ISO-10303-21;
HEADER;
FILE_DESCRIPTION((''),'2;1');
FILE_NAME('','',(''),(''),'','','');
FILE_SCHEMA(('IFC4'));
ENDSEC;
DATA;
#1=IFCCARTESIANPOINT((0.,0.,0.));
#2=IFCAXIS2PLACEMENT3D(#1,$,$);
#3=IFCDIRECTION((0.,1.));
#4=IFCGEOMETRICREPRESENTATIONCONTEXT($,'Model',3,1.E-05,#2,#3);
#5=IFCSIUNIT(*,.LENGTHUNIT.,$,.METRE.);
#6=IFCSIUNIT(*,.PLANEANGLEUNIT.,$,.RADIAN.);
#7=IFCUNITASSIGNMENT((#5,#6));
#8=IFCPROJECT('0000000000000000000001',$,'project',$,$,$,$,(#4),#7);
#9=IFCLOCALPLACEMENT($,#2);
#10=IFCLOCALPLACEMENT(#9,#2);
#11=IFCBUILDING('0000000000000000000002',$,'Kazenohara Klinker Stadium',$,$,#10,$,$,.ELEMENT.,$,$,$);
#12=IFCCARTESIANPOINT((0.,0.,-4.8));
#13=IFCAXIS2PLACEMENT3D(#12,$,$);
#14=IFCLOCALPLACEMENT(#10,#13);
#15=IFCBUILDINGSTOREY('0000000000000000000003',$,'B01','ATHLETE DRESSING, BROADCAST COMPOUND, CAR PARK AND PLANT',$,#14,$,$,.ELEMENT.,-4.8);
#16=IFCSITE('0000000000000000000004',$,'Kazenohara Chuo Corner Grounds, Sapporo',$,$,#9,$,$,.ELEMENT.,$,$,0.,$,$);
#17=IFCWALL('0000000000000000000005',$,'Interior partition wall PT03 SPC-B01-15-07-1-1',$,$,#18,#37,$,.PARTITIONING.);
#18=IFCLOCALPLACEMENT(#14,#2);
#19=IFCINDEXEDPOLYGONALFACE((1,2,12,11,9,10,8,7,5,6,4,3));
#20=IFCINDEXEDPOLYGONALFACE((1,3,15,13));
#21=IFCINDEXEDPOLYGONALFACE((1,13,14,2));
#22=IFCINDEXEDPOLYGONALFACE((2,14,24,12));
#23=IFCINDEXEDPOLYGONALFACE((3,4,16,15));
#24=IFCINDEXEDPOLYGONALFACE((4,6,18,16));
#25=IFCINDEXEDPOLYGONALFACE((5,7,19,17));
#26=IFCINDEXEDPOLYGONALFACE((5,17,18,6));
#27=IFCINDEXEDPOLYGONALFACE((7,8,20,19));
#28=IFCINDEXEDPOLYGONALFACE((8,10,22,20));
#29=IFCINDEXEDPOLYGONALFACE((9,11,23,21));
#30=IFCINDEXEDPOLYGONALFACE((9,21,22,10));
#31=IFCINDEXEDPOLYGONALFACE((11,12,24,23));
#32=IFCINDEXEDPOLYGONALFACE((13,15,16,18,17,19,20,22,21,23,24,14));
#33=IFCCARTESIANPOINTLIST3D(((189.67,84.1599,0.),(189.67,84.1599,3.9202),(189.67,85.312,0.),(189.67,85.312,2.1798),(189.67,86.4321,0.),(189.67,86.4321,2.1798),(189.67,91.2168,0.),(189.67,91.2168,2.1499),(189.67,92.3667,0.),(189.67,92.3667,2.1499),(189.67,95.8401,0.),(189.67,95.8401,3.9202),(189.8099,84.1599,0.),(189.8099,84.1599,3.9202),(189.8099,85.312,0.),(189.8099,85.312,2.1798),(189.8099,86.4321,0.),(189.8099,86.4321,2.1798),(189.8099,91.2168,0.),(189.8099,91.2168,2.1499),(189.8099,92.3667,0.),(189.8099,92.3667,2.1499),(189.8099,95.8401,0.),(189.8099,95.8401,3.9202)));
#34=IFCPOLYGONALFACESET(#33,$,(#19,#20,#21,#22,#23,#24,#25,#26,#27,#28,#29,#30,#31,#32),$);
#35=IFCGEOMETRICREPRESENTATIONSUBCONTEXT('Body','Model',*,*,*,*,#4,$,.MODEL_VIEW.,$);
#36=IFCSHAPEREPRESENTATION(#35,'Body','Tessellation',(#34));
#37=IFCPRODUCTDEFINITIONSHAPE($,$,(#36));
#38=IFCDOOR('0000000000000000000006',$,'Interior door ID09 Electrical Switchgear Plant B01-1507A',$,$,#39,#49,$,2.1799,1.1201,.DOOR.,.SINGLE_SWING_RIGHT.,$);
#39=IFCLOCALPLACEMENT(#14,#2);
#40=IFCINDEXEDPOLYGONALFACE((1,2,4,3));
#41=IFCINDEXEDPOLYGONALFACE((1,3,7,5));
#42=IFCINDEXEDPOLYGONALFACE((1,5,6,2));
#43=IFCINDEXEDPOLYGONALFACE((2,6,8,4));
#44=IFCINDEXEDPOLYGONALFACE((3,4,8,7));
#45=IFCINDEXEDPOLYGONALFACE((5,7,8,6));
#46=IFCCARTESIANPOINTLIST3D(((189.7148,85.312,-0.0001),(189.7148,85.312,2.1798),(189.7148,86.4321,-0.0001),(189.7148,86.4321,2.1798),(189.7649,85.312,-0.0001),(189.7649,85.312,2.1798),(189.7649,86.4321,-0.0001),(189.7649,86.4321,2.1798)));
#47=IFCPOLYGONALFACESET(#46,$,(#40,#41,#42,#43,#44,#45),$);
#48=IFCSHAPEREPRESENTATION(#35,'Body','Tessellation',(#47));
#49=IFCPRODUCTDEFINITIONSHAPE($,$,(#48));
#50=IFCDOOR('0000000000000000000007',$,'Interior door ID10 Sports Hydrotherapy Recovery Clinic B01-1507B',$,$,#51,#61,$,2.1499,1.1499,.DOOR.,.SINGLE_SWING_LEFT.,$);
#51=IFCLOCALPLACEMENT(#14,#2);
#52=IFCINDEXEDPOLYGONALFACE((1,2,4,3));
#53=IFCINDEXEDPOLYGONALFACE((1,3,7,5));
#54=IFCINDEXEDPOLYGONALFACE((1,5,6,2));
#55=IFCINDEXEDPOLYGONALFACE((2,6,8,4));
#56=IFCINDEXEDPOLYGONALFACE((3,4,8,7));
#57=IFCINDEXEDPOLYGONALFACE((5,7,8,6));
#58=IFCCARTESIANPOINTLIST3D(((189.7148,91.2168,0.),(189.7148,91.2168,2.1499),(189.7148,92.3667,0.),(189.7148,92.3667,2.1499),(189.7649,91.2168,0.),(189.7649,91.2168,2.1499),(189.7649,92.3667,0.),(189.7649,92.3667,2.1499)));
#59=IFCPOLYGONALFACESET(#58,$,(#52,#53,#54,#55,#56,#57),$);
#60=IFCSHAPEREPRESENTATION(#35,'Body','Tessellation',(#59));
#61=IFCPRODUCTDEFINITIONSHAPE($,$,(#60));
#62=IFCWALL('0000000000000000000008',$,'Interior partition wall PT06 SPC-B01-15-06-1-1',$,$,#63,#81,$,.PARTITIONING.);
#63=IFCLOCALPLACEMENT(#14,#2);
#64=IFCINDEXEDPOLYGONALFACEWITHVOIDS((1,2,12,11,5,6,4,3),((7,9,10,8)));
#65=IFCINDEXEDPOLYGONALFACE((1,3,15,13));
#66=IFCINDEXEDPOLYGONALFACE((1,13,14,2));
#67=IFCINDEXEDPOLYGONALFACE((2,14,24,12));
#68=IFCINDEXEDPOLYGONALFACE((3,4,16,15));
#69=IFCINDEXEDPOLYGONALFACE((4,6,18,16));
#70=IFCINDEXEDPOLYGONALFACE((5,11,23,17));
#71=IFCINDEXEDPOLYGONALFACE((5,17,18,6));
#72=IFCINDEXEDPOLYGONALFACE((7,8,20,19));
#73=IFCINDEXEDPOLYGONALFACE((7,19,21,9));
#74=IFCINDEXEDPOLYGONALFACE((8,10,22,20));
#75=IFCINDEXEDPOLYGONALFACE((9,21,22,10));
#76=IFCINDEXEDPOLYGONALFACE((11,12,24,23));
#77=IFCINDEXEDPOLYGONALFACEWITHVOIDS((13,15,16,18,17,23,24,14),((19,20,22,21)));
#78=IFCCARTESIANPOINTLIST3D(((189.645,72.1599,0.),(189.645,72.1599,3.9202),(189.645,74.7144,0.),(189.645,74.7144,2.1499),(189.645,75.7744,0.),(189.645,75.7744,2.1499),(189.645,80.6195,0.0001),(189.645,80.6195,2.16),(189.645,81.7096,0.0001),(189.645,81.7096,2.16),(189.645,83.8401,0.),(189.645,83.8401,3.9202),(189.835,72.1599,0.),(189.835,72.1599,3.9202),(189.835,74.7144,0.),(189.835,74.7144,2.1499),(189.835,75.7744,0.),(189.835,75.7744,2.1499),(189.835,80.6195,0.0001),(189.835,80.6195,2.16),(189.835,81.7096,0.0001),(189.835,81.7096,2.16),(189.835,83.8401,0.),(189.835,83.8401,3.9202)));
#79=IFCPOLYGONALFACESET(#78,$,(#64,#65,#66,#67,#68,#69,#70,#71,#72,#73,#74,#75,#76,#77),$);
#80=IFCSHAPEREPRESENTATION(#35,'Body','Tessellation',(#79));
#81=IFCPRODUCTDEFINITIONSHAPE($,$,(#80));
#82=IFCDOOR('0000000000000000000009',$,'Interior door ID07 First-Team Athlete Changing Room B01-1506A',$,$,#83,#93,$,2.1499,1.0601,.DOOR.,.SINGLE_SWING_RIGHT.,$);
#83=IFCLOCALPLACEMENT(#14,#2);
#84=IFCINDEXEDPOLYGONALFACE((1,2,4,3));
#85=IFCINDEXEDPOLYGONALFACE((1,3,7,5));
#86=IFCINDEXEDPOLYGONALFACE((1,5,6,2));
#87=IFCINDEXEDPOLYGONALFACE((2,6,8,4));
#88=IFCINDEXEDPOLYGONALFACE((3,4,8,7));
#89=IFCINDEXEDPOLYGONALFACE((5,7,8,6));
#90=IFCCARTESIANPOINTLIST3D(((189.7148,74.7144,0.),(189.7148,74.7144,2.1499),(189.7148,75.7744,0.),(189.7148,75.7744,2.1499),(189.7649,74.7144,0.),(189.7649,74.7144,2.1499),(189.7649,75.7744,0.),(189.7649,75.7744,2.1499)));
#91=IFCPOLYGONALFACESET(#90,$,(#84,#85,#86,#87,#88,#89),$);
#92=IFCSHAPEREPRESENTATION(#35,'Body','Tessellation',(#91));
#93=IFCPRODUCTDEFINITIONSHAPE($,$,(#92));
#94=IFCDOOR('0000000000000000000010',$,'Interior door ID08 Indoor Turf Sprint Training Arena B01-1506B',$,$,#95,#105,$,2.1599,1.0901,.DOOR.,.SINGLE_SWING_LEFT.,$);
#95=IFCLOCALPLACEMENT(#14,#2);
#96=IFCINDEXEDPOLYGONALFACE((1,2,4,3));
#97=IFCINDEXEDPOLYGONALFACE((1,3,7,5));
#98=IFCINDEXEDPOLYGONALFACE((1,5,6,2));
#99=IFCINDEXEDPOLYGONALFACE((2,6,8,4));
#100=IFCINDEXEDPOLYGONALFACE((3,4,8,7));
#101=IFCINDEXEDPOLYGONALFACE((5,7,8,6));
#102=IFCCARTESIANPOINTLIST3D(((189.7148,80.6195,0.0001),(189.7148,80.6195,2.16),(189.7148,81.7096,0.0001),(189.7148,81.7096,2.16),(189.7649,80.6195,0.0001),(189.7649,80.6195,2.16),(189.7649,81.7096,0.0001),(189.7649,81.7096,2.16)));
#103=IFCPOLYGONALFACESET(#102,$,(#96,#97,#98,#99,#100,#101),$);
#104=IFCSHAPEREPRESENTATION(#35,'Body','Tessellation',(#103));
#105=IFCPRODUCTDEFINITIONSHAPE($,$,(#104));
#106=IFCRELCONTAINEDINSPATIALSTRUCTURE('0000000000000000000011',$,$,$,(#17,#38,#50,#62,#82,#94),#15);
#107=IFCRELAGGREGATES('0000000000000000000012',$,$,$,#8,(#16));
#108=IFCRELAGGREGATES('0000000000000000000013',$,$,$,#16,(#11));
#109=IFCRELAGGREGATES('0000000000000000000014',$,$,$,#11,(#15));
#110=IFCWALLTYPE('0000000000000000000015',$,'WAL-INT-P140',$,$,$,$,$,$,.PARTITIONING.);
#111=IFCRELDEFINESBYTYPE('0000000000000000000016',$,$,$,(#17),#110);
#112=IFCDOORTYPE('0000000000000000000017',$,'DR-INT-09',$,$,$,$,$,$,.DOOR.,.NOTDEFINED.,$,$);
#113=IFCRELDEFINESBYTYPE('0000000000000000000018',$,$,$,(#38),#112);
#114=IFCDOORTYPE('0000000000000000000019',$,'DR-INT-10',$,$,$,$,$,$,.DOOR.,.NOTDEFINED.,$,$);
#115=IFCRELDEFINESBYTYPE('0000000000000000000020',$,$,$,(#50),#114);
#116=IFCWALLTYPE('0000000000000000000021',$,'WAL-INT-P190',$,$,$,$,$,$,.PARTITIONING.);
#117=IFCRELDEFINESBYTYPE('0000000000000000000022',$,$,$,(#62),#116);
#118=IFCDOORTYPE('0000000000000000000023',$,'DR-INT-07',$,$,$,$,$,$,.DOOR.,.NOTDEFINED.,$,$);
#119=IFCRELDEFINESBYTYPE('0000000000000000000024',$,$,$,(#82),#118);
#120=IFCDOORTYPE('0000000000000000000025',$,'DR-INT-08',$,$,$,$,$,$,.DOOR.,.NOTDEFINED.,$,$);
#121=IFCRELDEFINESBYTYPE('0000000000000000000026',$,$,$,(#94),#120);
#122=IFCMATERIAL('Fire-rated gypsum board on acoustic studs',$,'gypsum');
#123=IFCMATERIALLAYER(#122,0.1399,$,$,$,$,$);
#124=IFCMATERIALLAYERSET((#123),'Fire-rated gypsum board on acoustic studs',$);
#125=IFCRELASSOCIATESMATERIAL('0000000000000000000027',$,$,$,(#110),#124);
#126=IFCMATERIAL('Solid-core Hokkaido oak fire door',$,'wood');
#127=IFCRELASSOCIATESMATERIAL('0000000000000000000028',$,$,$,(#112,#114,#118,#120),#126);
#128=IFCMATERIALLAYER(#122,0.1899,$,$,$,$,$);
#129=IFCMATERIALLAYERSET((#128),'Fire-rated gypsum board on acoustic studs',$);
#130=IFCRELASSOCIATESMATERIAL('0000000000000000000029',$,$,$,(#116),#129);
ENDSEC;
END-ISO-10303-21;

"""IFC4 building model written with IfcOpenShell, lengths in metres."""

from ifc_helpers import new_model, si_unit, direction, frame, frame_2d, origin, place, context, subcontext, project, spatial, rectangle, extrude, material, layer, layer_set, type_object, element, fill, save


model = new_model("IFC4")

# Units and contexts
model_context = context("Model", 3, precision=1e-05, world=origin(), true_north=direction((0.0, 1.0)))
body_context = subcontext(model_context, "Body", "Model", "MODEL_VIEW")
ifc_project = project(units=[si_unit("LENGTHUNIT", "METRE"), si_unit("PLANEANGLEUNIT", "RADIAN")], contexts=[model_context])

# Site, building, storey
site_placement = place(None, origin())
site = spatial("IfcSite", under=ifc_project, at=site_placement, Name="Kazenohara Chuo Corner Grounds, Sapporo", CompositionType="ELEMENT", RefElevation=0.0)
building_placement = place(site_placement, origin())
building = spatial("IfcBuilding", under=site, at=building_placement, Name="Kazenohara Klinker Stadium", CompositionType="ELEMENT")
storey_placement = place(building_placement, frame((0.0, 0.0, -4.8)))
storey = spatial("IfcBuildingStorey", under=building, at=storey_placement, Name="B01", Description="ATHLETE DRESSING, BROADCAST COMPOUND, CAR PARK AND PLANT", CompositionType="ELEMENT", Elevation=-4.8)

# Shared definitions
ifc_material_1 = material(Name="Fire-rated gypsum board on acoustic studs", Category="gypsum")

# Walls, openings, doors
ifc_layer_1 = layer(ifc_material_1, 0.1399)
ifc_layer_set_1 = layer_set([ifc_layer_1], Name="Fire-rated gypsum board on acoustic studs")
wall_type_1 = type_object("IfcWallType", Name="WAL-INT-P140", PredefinedType="PARTITIONING", material=ifc_layer_set_1)
wall_1_placement = place(storey_placement, frame((189.74, 84.1599, 0.0), z_axis=(0.0, 0.0, 1.0), x_axis=(0.0, 1.0, 0.0)))
wall_1 = element("IfcWall", 1, at=wall_1_placement, inside=storey, type_object=wall_type_1, Name="Interior partition wall PT03 SPC-B01-15-07-1-1", PredefinedType="PARTITIONING", context=body_context, shape_type="SweptSolid", body=[
    extrude(rectangle(XDim=11.6802, YDim=0.1399, at=frame_2d((5.8401, 0.0))), origin(), (0.0, 0.0, 1.0), 3.9202),
])
opening_1_placement = place(wall_1_placement, frame((2.2722, 0.0, 0.0), z_axis=(0.0, 0.0, 1.0), x_axis=(-1.0, 0.0, 0.0)))
opening_1 = element("IfcOpeningElement", 2, at=opening_1_placement, cuts=wall_1, PredefinedType="OPENING", context=body_context, shape_type="SweptSolid", body=[
    extrude(rectangle(XDim=1.1201, YDim=2.1799, at=frame_2d((0.5601, 1.0898))), frame((0.0, 0.0801, 0.0), z_axis=(0.0, -1.0, 0.0), x_axis=(1.0, 0.0, 0.0)), (0.0, 0.0, 1.0), 0.1599),
])
opening_2_placement = place(wall_1_placement, frame((8.2068, 0.0, 0.0), z_axis=(0.0, 0.0, 1.0), x_axis=(-1.0, 0.0, 0.0)))
opening_2 = element("IfcOpeningElement", 3, at=opening_2_placement, cuts=wall_1, PredefinedType="OPENING", context=body_context, shape_type="SweptSolid", body=[
    extrude(rectangle(XDim=1.1499, YDim=2.1499, at=frame_2d((0.575, 1.075))), frame((0.0, 0.0801, 0.0), z_axis=(0.0, -1.0, 0.0), x_axis=(1.0, 0.0, 0.0)), (0.0, 0.0, 1.0), 0.1599),
])
ifc_material_2 = material(Name="Solid-core Hokkaido oak fire door", Category="wood")
door_type_1 = type_object("IfcDoorType", Name="DR-INT-09", OperationType="NOTDEFINED", PredefinedType="DOOR", material=ifc_material_2)
door_1_placement = place(opening_1_placement, origin())
door_1 = element("IfcDoor", 4, at=door_1_placement, inside=storey, type_object=door_type_1, Name="Interior door ID09 Electrical Switchgear Plant B01-1507A", OperationType="SINGLE_SWING_RIGHT", OverallHeight=2.1799, OverallWidth=1.1201, PredefinedType="DOOR", context=body_context, shape_type="SweptSolid", body=[
    extrude(rectangle(XDim=1.1201, YDim=2.1799, at=frame_2d((0.5601, 1.0898))), frame((0.0, 0.0249, 0.0), z_axis=(0.0, -1.0, 0.0), x_axis=(1.0, 0.0, 0.0)), (0.0, 0.0, 1.0), 0.05),
])
fill(opening_1, door_1)
door_type_2 = type_object("IfcDoorType", Name="DR-INT-10", OperationType="NOTDEFINED", PredefinedType="DOOR", material=ifc_material_2)
door_2_placement = place(opening_2_placement, origin())
door_2 = element("IfcDoor", 5, at=door_2_placement, inside=storey, type_object=door_type_2, Name="Interior door ID10 Sports Hydrotherapy Recovery Clinic B01-1507B", OperationType="SINGLE_SWING_LEFT", OverallHeight=2.1499, OverallWidth=1.1499, PredefinedType="DOOR", context=body_context, shape_type="SweptSolid", body=[
    extrude(rectangle(XDim=1.1499, YDim=2.1499, at=frame_2d((0.575, 1.075))), frame((0.0, 0.0249, 0.0), z_axis=(0.0, -1.0, 0.0), x_axis=(1.0, 0.0, 0.0)), (0.0, 0.0, 1.0), 0.05),
])
fill(opening_2, door_2)
ifc_layer_2 = layer(ifc_material_1, 0.1899)
ifc_layer_set_2 = layer_set([ifc_layer_2], Name="Fire-rated gypsum board on acoustic studs")
wall_type_2 = type_object("IfcWallType", Name="WAL-INT-P190", PredefinedType="PARTITIONING", material=ifc_layer_set_2)
wall_2_placement = place(storey_placement, frame((189.74, 72.1599, 0.0), z_axis=(0.0, 0.0, 1.0), x_axis=(0.0, 1.0, 0.0)))
wall_2 = element("IfcWall", 6, at=wall_2_placement, inside=storey, type_object=wall_type_2, Name="Interior partition wall PT06 SPC-B01-15-06-1-1", PredefinedType="PARTITIONING", context=body_context, shape_type="SweptSolid", body=[
    extrude(rectangle(XDim=11.6802, YDim=0.1899, at=frame_2d((5.8401, 0.0))), origin(), (0.0, 0.0, 1.0), 3.9202),
])
opening_3_placement = place(wall_2_placement, frame((3.6145, 0.0, 0.0), z_axis=(0.0, 0.0, 1.0), x_axis=(-1.0, 0.0, 0.0)))
opening_3 = element("IfcOpeningElement", 7, at=opening_3_placement, cuts=wall_2, PredefinedType="OPENING", context=body_context, shape_type="SweptSolid", body=[
    extrude(rectangle(XDim=1.0601, YDim=2.1499, at=frame_2d((0.53, 1.075))), frame((0.0, 0.105, 0.0), z_axis=(0.0, -1.0, 0.0), x_axis=(1.0, 0.0, 0.0)), (0.0, 0.0, 1.0), 0.21),
])
opening_4_placement = place(wall_2_placement, frame((9.5496, 0.0, 0.0), z_axis=(0.0, 0.0, 1.0), x_axis=(-1.0, 0.0, 0.0)))
opening_4 = element("IfcOpeningElement", 8, at=opening_4_placement, cuts=wall_2, PredefinedType="OPENING", context=body_context, shape_type="SweptSolid", body=[
    extrude(rectangle(XDim=1.0901, YDim=2.1599, at=frame_2d((0.5449, 1.0801))), frame((0.0, 0.105, 0.0), z_axis=(0.0, -1.0, 0.0), x_axis=(1.0, 0.0, 0.0)), (0.0, 0.0, 1.0), 0.21),
])
door_type_3 = type_object("IfcDoorType", Name="DR-INT-07", OperationType="NOTDEFINED", PredefinedType="DOOR", material=ifc_material_2)
door_3_placement = place(opening_3_placement, origin())
door_3 = element("IfcDoor", 9, at=door_3_placement, inside=storey, type_object=door_type_3, Name="Interior door ID07 First-Team Athlete Changing Room B01-1506A", OperationType="SINGLE_SWING_RIGHT", OverallHeight=2.1499, OverallWidth=1.0601, PredefinedType="DOOR", context=body_context, shape_type="SweptSolid", body=[
    extrude(rectangle(XDim=1.0601, YDim=2.1499, at=frame_2d((0.53, 1.075))), frame((0.0, 0.0249, 0.0), z_axis=(0.0, -1.0, 0.0), x_axis=(1.0, 0.0, 0.0)), (0.0, 0.0, 1.0), 0.05),
])
fill(opening_3, door_3)
door_type_4 = type_object("IfcDoorType", Name="DR-INT-08", OperationType="NOTDEFINED", PredefinedType="DOOR", material=ifc_material_2)
door_4_placement = place(opening_4_placement, origin())
door_4 = element("IfcDoor", 10, at=door_4_placement, inside=storey, type_object=door_type_4, Name="Interior door ID08 Indoor Turf Sprint Training Arena B01-1506B", OperationType="SINGLE_SWING_LEFT", OverallHeight=2.1599, OverallWidth=1.0901, PredefinedType="DOOR", context=body_context, shape_type="SweptSolid", body=[
    extrude(rectangle(XDim=1.0901, YDim=2.1599, at=frame_2d((0.5449, 1.0801))), frame((0.0, 0.0249, 0.0), z_axis=(0.0, -1.0, 0.0), x_axis=(1.0, 0.0, 0.0)), (0.0, 0.0, 1.0), 0.05),
])
fill(opening_4, door_4)

save(model, "model.ifc")
